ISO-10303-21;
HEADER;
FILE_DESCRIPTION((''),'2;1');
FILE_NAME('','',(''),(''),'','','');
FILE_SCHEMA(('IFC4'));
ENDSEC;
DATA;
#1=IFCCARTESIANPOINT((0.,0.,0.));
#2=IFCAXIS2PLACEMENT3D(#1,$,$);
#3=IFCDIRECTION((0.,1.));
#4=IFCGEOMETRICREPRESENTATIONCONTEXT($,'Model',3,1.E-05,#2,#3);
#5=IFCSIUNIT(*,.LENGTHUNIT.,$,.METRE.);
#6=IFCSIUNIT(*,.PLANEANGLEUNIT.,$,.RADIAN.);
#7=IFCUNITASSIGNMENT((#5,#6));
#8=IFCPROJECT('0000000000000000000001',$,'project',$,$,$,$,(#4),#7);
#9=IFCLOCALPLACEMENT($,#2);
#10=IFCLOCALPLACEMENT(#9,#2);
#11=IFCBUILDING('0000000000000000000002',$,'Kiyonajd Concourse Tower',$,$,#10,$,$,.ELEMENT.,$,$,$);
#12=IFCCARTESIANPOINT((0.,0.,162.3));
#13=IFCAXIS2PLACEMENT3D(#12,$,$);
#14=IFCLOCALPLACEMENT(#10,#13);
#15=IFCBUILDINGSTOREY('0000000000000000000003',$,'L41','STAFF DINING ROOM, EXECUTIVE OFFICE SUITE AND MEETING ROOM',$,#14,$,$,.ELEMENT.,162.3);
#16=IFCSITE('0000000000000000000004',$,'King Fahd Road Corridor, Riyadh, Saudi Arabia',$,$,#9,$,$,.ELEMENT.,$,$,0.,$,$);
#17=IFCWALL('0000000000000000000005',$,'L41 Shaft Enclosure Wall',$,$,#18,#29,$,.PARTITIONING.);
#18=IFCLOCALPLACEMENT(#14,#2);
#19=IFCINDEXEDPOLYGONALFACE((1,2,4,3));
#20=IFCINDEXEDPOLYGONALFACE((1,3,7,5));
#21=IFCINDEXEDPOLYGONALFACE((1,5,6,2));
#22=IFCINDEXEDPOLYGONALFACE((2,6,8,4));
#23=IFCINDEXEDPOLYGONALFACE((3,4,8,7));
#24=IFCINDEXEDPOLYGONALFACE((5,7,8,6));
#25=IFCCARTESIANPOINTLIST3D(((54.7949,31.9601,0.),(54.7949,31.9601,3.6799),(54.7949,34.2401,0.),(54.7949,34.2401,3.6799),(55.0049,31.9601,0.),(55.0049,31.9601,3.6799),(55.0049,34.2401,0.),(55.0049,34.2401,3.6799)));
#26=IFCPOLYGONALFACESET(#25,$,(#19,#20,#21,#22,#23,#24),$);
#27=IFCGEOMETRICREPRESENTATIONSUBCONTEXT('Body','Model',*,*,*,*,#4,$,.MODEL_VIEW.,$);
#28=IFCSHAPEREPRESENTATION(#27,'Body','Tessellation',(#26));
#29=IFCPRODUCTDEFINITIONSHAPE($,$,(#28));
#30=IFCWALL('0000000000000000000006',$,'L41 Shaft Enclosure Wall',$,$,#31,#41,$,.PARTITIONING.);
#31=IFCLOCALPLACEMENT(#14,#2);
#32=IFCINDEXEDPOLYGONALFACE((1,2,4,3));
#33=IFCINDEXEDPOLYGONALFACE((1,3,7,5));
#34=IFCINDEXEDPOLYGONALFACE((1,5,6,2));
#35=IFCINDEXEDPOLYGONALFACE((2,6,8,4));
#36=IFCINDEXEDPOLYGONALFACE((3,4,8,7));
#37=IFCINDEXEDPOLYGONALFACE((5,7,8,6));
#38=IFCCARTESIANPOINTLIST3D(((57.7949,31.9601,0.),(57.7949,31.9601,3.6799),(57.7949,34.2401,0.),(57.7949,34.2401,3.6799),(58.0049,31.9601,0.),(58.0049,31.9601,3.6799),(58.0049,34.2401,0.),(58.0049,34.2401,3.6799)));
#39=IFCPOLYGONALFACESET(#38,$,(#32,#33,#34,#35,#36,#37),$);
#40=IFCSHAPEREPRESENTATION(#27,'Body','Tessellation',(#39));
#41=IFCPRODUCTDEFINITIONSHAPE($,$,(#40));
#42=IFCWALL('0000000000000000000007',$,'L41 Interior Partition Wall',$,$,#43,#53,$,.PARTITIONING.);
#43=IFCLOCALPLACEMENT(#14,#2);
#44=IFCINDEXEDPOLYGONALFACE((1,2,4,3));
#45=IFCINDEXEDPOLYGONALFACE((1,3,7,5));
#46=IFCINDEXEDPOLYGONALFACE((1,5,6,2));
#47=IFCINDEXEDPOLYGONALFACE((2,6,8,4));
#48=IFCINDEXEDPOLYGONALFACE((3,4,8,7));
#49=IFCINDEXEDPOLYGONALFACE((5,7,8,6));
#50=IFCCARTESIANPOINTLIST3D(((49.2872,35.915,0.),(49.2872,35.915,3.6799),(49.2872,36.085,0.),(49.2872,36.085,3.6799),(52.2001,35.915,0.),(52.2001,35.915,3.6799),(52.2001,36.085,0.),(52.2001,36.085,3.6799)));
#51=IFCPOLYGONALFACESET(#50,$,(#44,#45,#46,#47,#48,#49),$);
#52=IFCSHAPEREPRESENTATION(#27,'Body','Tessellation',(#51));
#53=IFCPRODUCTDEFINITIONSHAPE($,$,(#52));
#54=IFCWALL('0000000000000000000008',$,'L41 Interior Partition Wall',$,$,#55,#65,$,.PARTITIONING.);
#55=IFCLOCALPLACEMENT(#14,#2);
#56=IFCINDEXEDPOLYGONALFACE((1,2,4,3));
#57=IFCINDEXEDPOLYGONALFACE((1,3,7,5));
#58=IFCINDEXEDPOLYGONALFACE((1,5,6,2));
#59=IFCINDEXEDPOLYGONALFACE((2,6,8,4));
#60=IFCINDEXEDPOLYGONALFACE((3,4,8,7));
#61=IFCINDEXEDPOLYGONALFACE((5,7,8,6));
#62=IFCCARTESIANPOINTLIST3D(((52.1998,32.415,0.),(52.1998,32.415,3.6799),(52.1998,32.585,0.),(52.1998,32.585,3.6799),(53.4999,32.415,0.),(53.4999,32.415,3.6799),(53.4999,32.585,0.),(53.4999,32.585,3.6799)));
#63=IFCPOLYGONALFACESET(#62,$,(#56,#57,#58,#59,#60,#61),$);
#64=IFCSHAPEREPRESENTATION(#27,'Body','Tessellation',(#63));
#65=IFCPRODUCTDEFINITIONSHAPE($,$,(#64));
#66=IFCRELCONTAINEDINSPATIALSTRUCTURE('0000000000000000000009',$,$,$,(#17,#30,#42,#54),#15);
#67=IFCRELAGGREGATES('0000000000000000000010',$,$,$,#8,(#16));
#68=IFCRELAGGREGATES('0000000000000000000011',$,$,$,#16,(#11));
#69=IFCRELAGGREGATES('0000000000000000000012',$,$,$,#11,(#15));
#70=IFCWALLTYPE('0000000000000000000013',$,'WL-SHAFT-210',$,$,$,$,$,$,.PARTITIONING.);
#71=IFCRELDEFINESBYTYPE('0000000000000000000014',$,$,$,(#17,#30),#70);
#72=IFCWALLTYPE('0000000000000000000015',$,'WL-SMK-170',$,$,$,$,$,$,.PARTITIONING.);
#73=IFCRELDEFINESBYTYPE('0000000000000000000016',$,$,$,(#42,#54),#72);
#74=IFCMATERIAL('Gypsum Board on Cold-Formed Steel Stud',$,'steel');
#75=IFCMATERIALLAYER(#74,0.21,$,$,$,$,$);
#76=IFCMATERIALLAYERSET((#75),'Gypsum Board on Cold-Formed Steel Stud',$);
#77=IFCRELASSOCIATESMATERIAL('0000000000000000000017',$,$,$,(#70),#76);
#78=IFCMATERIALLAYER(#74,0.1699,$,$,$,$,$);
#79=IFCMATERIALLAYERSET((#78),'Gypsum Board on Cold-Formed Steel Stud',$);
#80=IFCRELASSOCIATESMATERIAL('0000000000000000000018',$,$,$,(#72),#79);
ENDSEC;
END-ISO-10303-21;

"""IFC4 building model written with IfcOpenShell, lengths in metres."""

from ifc_helpers import new_model, si_unit, direction, frame, frame_2d, origin, place, context, subcontext, project, spatial, rectangle, extrude, material, layer, layer_set, type_object, element, save


model = new_model("IFC4")

# Units and contexts
model_context = context("Model", 3, precision=1e-05, world=origin(), true_north=direction((0.0, 1.0)))
body_context = subcontext(model_context, "Body", "Model", "MODEL_VIEW")
ifc_project = project(units=[si_unit("LENGTHUNIT", "METRE"), si_unit("PLANEANGLEUNIT", "RADIAN")], contexts=[model_context])

# Site, building, storey
site_placement = place(None, origin())
site = spatial("IfcSite", under=ifc_project, at=site_placement, Name="King Fahd Road Corridor, Riyadh, Saudi Arabia", CompositionType="ELEMENT", RefElevation=0.0)
building_placement = place(site_placement, origin())
building = spatial("IfcBuilding", under=site, at=building_placement, Name="Kiyonajd Concourse Tower", CompositionType="ELEMENT")
storey_placement = place(building_placement, frame((0.0, 0.0, 162.3)))
storey = spatial("IfcBuildingStorey", under=building, at=storey_placement, Name="L41", Description="STAFF DINING ROOM, EXECUTIVE OFFICE SUITE AND MEETING ROOM", CompositionType="ELEMENT", Elevation=162.3)

# Shared definitions
ifc_material_1 = material(Name="Gypsum Board on Cold-Formed Steel Stud", Category="steel")

# Shared definitions
ifc_layer_1 = layer(ifc_material_1, 0.21)
ifc_layer_set_1 = layer_set([ifc_layer_1], Name="Gypsum Board on Cold-Formed Steel Stud")
wall_type_1 = type_object("IfcWallType", Name="WL-SHAFT-210", PredefinedType="PARTITIONING", material=ifc_layer_set_1)

# Walls
for number, where, z_axis, x_axis, name in (
    (1, (54.8999, 31.96, 0.0), (0.0, 0.0, 1.0), (0.0, 1.0, 0.0), "L41 Shaft Enclosure Wall"),
    (2, (57.8999, 31.96, 0.0), (0.0, 0.0, 1.0), (0.0, 1.0, 0.0), "L41 Shaft Enclosure Wall"),
):
    element("IfcWall", number, at=place(storey_placement, frame(where, z_axis=z_axis, x_axis=x_axis)), inside=storey, type_object=wall_type_1, Name=name, PredefinedType="PARTITIONING", context=body_context, shape_type="SweptSolid", body=[
        extrude(rectangle(XDim=2.28, YDim=0.21, at=frame_2d((1.1401, 0.0))), origin(), (0.0, 0.0, 1.0), 3.6799),
    ])
ifc_layer_2 = layer(ifc_material_1, 0.1699)
ifc_layer_set_2 = layer_set([ifc_layer_2], Name="Gypsum Board on Cold-Formed Steel Stud")
wall_type_2 = type_object("IfcWallType", Name="WL-SMK-170", PredefinedType="PARTITIONING", material=ifc_layer_set_2)
wall_1_placement = place(storey_placement, frame((49.2871, 36.0, 0.0), z_axis=(0.0, 0.0, 1.0), x_axis=(1.0, 0.0, 0.0)))
element("IfcWall", 3, at=wall_1_placement, inside=storey, type_object=wall_type_2, Name="L41 Interior Partition Wall", PredefinedType="PARTITIONING", context=body_context, shape_type="SweptSolid", body=[
    extrude(rectangle(XDim=2.9128, YDim=0.1699, at=frame_2d((1.4565, 0.0))), origin(), (0.0, 0.0, 1.0), 3.6799),
])
wall_2_placement = place(storey_placement, frame((52.2, 32.5, 0.0), z_axis=(0.0, 0.0, 1.0), x_axis=(1.0, 0.0, 0.0)))
element("IfcWall", 4, at=wall_2_placement, inside=storey, type_object=wall_type_2, Name="L41 Interior Partition Wall", PredefinedType="PARTITIONING", context=body_context, shape_type="SweptSolid", body=[
    extrude(rectangle(XDim=1.3, YDim=0.1699, at=frame_2d((0.6499, 0.0))), origin(), (0.0, 0.0, 1.0), 3.6799),
])

save(model, "model.ifc")
